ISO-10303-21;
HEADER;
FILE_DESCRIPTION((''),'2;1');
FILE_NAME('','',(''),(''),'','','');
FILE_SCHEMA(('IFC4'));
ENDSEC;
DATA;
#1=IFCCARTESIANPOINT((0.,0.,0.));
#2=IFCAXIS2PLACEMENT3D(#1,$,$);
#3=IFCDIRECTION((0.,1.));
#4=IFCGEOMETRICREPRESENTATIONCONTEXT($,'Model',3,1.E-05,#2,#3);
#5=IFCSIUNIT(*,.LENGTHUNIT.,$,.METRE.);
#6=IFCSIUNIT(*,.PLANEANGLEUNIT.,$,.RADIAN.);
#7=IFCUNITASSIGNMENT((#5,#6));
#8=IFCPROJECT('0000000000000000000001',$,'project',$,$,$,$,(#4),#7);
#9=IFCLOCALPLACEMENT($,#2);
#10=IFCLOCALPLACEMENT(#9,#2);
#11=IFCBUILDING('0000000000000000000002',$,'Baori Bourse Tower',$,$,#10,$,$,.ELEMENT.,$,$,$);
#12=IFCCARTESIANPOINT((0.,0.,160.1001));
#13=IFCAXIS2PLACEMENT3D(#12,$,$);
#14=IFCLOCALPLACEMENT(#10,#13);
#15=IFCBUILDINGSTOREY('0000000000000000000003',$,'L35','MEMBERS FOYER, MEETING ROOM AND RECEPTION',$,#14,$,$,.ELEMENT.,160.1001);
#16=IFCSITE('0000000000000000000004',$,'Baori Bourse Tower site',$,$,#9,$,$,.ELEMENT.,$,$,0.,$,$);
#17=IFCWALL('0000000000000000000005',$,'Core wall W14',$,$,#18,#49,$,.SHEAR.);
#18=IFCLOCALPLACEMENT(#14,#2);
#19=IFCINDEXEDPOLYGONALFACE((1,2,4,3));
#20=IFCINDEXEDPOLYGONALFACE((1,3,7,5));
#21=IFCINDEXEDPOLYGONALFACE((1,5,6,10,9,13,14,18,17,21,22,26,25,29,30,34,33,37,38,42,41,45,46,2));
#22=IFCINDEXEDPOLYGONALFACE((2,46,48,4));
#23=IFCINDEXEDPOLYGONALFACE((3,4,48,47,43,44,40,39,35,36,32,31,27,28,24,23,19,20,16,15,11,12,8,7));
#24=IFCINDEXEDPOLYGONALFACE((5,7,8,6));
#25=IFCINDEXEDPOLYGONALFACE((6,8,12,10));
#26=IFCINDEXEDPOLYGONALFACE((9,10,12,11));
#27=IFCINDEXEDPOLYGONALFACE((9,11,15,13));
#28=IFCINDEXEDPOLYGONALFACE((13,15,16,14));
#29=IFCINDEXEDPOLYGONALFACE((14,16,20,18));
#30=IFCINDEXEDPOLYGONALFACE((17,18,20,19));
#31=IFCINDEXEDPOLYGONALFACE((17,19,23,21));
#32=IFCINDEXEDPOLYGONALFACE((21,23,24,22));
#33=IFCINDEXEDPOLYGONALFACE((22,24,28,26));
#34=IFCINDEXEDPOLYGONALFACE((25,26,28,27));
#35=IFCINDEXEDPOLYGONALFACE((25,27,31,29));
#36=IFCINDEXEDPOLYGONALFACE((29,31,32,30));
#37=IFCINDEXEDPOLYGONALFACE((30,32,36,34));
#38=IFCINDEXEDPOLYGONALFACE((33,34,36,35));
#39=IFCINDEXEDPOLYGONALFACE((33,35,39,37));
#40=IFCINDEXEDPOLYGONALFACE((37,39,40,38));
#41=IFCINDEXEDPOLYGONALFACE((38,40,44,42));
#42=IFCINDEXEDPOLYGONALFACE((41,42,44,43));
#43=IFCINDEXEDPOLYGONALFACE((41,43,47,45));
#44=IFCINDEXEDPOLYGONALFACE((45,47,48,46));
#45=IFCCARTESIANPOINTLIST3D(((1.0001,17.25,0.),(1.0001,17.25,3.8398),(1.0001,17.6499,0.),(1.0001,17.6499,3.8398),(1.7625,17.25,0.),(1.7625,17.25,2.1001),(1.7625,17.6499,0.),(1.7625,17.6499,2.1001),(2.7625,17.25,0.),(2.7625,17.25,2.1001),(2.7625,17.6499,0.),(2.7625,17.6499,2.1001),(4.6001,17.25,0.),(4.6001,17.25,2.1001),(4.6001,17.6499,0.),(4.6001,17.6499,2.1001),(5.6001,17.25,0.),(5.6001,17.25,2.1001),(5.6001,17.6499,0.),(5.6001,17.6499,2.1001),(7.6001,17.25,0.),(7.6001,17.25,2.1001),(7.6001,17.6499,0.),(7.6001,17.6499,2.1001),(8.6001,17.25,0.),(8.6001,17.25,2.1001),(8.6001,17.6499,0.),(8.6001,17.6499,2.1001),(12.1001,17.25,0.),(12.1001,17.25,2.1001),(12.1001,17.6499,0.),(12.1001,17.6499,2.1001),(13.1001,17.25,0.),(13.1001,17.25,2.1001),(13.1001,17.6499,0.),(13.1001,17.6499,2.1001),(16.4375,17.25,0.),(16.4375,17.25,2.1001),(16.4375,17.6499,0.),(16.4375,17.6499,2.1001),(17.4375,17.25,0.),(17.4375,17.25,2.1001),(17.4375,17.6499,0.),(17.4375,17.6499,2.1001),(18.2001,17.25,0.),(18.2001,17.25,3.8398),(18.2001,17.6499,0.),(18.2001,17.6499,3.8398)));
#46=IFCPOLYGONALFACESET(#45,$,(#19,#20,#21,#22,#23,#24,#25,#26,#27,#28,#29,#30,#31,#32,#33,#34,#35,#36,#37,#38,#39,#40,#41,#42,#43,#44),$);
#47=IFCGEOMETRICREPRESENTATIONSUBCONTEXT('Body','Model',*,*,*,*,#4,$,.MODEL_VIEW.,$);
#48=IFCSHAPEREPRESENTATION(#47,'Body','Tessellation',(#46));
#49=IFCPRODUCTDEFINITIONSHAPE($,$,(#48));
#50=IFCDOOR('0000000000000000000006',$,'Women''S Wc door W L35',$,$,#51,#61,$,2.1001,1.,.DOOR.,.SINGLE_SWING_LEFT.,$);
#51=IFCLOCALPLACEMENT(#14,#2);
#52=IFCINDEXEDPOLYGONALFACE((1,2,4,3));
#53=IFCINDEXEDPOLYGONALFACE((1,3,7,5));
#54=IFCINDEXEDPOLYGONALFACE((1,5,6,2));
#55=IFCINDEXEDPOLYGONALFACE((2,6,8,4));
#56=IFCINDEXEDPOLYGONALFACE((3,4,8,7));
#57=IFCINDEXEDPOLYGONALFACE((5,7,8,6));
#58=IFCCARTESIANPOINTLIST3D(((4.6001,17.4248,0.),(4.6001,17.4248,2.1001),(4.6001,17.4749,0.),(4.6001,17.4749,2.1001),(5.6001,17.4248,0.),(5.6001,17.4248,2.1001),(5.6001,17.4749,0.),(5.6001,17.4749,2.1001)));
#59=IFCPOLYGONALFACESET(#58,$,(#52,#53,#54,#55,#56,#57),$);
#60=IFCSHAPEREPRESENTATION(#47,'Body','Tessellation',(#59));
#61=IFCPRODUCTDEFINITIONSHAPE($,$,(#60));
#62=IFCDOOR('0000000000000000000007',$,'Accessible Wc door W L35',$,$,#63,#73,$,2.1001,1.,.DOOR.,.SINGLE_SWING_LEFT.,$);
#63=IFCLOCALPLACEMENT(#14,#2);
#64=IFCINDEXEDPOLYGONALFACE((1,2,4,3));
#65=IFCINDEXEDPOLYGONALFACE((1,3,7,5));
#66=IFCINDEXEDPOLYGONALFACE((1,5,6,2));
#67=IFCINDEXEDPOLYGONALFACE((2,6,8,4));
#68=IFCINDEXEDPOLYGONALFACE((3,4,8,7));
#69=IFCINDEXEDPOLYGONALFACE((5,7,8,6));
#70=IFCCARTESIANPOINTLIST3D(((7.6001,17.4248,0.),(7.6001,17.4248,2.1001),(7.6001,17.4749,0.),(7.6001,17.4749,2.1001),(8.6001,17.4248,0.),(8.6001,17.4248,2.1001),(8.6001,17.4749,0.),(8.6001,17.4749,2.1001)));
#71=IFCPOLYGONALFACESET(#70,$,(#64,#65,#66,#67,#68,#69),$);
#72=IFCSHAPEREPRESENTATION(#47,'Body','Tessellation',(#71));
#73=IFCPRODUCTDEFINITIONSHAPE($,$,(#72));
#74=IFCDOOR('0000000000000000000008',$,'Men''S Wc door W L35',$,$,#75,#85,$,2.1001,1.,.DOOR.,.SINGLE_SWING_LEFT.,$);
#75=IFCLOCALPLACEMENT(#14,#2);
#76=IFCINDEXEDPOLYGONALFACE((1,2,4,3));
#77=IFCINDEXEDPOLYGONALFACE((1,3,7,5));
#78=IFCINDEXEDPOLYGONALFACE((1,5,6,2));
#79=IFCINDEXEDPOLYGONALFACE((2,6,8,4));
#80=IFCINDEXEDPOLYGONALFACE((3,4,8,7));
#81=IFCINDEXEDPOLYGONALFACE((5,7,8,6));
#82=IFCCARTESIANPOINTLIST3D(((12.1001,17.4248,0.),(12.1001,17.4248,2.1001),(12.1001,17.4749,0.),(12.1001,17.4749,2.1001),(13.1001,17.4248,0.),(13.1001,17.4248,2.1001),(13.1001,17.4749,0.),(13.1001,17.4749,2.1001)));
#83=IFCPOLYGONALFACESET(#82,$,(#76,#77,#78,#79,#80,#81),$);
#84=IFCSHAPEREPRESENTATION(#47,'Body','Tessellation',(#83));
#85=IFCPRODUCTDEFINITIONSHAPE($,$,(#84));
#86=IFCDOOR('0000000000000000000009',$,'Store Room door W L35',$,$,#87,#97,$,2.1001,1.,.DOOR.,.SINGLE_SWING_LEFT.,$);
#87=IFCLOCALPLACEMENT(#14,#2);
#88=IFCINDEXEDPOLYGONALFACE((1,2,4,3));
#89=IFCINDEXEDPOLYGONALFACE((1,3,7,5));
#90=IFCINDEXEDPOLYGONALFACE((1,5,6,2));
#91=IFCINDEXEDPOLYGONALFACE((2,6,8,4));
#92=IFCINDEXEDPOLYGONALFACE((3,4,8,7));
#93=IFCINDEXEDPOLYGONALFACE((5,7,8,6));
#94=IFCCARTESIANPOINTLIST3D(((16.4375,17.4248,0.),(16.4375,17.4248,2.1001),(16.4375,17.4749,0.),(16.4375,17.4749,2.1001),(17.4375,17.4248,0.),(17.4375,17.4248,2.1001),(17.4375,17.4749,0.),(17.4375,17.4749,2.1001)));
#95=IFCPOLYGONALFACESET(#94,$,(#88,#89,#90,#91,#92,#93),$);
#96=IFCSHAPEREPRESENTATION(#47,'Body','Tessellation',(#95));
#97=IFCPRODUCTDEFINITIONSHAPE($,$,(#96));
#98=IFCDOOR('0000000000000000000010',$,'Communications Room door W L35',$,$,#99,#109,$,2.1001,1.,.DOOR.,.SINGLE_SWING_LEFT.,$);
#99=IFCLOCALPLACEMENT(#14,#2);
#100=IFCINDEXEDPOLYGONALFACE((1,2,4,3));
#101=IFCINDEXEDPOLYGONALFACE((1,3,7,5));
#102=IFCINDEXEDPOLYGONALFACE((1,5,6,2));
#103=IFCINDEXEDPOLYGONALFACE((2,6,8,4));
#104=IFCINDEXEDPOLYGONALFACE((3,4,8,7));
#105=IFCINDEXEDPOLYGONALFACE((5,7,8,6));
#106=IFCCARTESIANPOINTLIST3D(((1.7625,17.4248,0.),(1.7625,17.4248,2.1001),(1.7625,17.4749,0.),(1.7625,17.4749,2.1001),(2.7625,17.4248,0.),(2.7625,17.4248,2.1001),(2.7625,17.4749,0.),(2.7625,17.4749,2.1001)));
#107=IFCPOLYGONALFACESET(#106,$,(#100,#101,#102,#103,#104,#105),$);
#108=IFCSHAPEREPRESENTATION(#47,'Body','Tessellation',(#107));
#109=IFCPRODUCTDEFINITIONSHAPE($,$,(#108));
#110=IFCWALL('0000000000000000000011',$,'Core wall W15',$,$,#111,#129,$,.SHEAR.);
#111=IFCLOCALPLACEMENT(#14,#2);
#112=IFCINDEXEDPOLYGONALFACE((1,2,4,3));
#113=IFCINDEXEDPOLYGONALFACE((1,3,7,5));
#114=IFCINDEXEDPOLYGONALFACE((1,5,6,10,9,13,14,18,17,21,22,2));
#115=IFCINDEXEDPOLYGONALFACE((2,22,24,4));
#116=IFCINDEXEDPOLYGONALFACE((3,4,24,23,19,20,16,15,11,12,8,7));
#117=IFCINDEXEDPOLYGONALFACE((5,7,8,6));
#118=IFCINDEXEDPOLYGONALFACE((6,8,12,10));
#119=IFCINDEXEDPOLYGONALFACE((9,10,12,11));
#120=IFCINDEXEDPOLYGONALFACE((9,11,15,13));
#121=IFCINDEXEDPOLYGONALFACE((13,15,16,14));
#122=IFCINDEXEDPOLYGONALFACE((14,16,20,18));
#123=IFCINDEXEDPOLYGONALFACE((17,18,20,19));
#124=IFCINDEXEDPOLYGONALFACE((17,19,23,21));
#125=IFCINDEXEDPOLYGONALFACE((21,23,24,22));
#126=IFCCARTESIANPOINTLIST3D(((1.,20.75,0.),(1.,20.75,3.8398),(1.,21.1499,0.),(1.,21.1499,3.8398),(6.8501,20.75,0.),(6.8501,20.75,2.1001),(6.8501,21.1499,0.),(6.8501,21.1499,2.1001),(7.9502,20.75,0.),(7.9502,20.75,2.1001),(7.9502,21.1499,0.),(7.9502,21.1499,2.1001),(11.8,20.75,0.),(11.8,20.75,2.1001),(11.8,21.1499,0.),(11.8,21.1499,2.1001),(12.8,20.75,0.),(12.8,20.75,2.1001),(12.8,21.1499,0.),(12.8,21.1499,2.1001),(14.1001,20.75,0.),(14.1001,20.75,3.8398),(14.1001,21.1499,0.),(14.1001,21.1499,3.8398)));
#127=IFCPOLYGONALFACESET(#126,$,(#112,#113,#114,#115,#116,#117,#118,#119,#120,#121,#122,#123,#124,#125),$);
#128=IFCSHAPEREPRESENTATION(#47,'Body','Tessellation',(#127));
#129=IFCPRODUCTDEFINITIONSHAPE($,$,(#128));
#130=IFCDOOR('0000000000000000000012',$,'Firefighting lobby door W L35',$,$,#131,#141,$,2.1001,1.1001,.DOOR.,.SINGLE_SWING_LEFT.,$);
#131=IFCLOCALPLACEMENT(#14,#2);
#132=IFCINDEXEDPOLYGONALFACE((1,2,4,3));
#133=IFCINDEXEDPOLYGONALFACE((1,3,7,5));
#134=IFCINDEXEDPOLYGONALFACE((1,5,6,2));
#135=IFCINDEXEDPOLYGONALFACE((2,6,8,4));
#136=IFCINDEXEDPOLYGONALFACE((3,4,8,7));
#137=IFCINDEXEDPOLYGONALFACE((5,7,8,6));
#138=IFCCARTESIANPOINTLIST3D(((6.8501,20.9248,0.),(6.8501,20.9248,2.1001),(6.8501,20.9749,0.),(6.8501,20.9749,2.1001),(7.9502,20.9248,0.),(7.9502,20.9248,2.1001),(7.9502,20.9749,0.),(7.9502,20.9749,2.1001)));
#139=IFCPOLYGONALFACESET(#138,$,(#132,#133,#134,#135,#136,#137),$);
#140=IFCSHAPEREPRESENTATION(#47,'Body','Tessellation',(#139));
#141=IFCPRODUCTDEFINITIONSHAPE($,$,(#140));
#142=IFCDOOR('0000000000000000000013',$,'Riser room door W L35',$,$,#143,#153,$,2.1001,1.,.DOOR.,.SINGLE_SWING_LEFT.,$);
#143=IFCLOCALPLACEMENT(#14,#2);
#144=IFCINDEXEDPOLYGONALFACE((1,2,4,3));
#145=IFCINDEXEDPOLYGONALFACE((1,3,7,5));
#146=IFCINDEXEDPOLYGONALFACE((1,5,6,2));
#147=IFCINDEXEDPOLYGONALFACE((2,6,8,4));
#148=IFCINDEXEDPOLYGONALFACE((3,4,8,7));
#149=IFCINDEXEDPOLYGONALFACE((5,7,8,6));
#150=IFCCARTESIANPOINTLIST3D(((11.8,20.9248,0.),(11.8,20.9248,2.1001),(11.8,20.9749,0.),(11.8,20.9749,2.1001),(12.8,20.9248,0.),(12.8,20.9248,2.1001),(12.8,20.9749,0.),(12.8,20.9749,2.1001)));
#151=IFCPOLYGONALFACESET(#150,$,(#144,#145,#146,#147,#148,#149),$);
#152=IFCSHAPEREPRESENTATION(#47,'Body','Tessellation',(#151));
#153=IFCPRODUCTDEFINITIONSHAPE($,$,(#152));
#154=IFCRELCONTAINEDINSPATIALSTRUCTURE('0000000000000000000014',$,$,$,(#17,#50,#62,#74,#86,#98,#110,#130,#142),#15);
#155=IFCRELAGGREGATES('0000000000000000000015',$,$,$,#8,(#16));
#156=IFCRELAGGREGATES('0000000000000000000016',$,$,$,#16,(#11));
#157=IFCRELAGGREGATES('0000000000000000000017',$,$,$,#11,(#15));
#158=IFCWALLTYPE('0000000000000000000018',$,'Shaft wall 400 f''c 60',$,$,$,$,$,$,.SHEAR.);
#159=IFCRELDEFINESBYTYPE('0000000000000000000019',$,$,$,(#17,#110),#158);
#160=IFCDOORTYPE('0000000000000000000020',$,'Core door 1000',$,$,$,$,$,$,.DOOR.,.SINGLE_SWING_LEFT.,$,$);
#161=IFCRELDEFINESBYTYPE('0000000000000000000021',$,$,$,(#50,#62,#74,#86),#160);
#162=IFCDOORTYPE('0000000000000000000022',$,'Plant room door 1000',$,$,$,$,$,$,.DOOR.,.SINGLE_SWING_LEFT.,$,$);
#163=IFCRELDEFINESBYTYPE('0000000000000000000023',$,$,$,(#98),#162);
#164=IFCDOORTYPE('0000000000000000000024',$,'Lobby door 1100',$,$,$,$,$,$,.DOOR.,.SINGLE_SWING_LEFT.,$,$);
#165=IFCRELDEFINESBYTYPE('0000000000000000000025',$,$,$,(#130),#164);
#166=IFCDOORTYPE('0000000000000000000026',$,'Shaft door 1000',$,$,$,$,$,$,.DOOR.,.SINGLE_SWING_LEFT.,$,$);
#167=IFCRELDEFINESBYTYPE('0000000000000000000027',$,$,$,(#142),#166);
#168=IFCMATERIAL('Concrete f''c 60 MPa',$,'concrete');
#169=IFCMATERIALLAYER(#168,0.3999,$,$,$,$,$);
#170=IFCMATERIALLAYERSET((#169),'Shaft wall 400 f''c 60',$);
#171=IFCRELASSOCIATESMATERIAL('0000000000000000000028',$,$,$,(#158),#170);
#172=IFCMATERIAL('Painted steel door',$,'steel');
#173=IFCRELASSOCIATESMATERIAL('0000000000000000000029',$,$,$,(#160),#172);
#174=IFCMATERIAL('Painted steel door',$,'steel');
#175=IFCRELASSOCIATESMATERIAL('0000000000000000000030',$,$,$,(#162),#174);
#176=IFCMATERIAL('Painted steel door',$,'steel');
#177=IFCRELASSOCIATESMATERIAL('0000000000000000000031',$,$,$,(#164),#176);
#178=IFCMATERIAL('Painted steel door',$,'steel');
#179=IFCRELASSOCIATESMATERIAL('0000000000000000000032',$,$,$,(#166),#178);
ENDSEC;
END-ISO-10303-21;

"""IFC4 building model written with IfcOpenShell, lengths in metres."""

from ifc_helpers import new_model, si_unit, direction, frame, frame_2d, origin, place, context, subcontext, project, spatial, rectangle, extrude, material, layer, layer_set, type_object, element, fill, save


model = new_model("IFC4")

# Units and contexts
model_context = context("Model", 3, precision=1e-05, world=origin(), true_north=direction((0.0, 1.0)))
body_context = subcontext(model_context, "Body", "Model", "MODEL_VIEW")
ifc_project = project(units=[si_unit("LENGTHUNIT", "METRE"), si_unit("PLANEANGLEUNIT", "RADIAN")], contexts=[model_context])

# Site, building, storey
site_placement = place(None, origin())
site = spatial("IfcSite", under=ifc_project, at=site_placement, Name="Baori Bourse Tower site", CompositionType="ELEMENT", RefElevation=0.0)
building_placement = place(site_placement, origin())
building = spatial("IfcBuilding", under=site, at=building_placement, Name="Baori Bourse Tower", CompositionType="ELEMENT")
storey_placement = place(building_placement, frame((0.0, 0.0, 160.1001)))
storey = spatial("IfcBuildingStorey", under=building, at=storey_placement, Name="L35", Description="MEMBERS FOYER, MEETING ROOM AND RECEPTION", CompositionType="ELEMENT", Elevation=160.1001)

# Shared definitions
ifc_material_1 = material(Name="Concrete f'c 60 MPa", Category="concrete")
ifc_layer_1 = layer(ifc_material_1, 0.3999)
ifc_layer_set_1 = layer_set([ifc_layer_1], Name="Shaft wall 400 f'c 60")
wall_type_1 = type_object("IfcWallType", Name="Shaft wall 400 f'c 60", PredefinedType="SHEAR", material=ifc_layer_set_1)

# Walls, openings, doors
wall_1_placement = place(storey_placement, frame((1.0, 17.45, 0.0), z_axis=(0.0, 0.0, 1.0), x_axis=(1.0, 0.0, 0.0)))
wall_1 = element("IfcWall", 1, at=wall_1_placement, inside=storey, type_object=wall_type_1, Name="Core wall W14", PredefinedType="SHEAR", context=body_context, shape_type="SweptSolid", body=[
    extrude(rectangle(XDim=17.2, YDim=0.3999, at=frame_2d((8.6001, 0.0))), origin(), (0.0, 0.0, 1.0), 3.8398),
])
opening_1_placement = place(wall_1_placement, frame((0.7625, 0.0, 0.0)))
opening_1 = element("IfcOpeningElement", 2, at=opening_1_placement, cuts=wall_1, PredefinedType="OPENING", context=body_context, shape_type="SweptSolid", body=[
    extrude(rectangle(XDim=1.0, YDim=2.1001, at=frame_2d((0.5, 1.05))), frame((0.0, 0.21, 0.0), z_axis=(0.0, -1.0, 0.0), x_axis=(1.0, 0.0, 0.0)), (0.0, 0.0, 1.0), 0.4199),
])
opening_2_placement = place(wall_1_placement, frame((3.6001, 0.0, 0.0)))
opening_2 = element("IfcOpeningElement", 3, at=opening_2_placement, cuts=wall_1, PredefinedType="OPENING", context=body_context, shape_type="SweptSolid", body=[
    extrude(rectangle(XDim=1.0, YDim=2.1001, at=frame_2d((0.5, 1.05))), frame((0.0, 0.21, 0.0), z_axis=(0.0, -1.0, 0.0), x_axis=(1.0, 0.0, 0.0)), (0.0, 0.0, 1.0), 0.4199),
])
opening_3_placement = place(wall_1_placement, frame((6.6001, 0.0, 0.0)))
opening_3 = element("IfcOpeningElement", 4, at=opening_3_placement, cuts=wall_1, PredefinedType="OPENING", context=body_context, shape_type="SweptSolid", body=[
    extrude(rectangle(XDim=1.0, YDim=2.1001, at=frame_2d((0.5, 1.05))), frame((0.0, 0.21, 0.0), z_axis=(0.0, -1.0, 0.0), x_axis=(1.0, 0.0, 0.0)), (0.0, 0.0, 1.0), 0.4199),
])
opening_4_placement = place(wall_1_placement, frame((11.1001, 0.0, 0.0)))
opening_4 = element("IfcOpeningElement", 5, at=opening_4_placement, cuts=wall_1, PredefinedType="OPENING", context=body_context, shape_type="SweptSolid", body=[
    extrude(rectangle(XDim=1.0, YDim=2.1001, at=frame_2d((0.5, 1.05))), frame((0.0, 0.21, 0.0), z_axis=(0.0, -1.0, 0.0), x_axis=(1.0, 0.0, 0.0)), (0.0, 0.0, 1.0), 0.4199),
])
opening_5_placement = place(wall_1_placement, frame((15.4375, 0.0, 0.0)))
opening_5 = element("IfcOpeningElement", 6, at=opening_5_placement, cuts=wall_1, PredefinedType="OPENING", context=body_context, shape_type="SweptSolid", body=[
    extrude(rectangle(XDim=1.0, YDim=2.1001, at=frame_2d((0.5, 1.05))), frame((0.0, 0.21, 0.0), z_axis=(0.0, -1.0, 0.0), x_axis=(1.0, 0.0, 0.0)), (0.0, 0.0, 1.0), 0.4199),
])
ifc_material_2 = material(Name="Painted steel door", Category="steel")
door_type_1 = type_object("IfcDoorType", Name="Core door 1000", OperationType="SINGLE_SWING_LEFT", PredefinedType="DOOR", material=ifc_material_2)
door_1_placement = place(opening_2_placement, origin())
door_1 = element("IfcDoor", 7, at=door_1_placement, inside=storey, type_object=door_type_1, Name="Women'S Wc door W L35", OperationType="SINGLE_SWING_LEFT", OverallHeight=2.1001, OverallWidth=1.0, PredefinedType="DOOR", context=body_context, shape_type="SweptSolid", body=[
    extrude(rectangle(XDim=1.0, YDim=2.1001, at=frame_2d((0.5, 1.05))), frame((0.0, 0.0249, 0.0), z_axis=(0.0, -1.0, 0.0), x_axis=(1.0, 0.0, 0.0)), (0.0, 0.0, 1.0), 0.05),
])
fill(opening_2, door_1)
door_2_placement = place(opening_3_placement, origin())
door_2 = element("IfcDoor", 8, at=door_2_placement, inside=storey, type_object=door_type_1, Name="Accessible Wc door W L35", OperationType="SINGLE_SWING_LEFT", OverallHeight=2.1001, OverallWidth=1.0, PredefinedType="DOOR", context=body_context, shape_type="SweptSolid", body=[
    extrude(rectangle(XDim=1.0, YDim=2.1001, at=frame_2d((0.5, 1.05))), frame((0.0, 0.0249, 0.0), z_axis=(0.0, -1.0, 0.0), x_axis=(1.0, 0.0, 0.0)), (0.0, 0.0, 1.0), 0.05),
])
fill(opening_3, door_2)
door_3_placement = place(opening_4_placement, origin())
door_3 = element("IfcDoor", 9, at=door_3_placement, inside=storey, type_object=door_type_1, Name="Men'S Wc door W L35", OperationType="SINGLE_SWING_LEFT", OverallHeight=2.1001, OverallWidth=1.0, PredefinedType="DOOR", context=body_context, shape_type="SweptSolid", body=[
    extrude(rectangle(XDim=1.0, YDim=2.1001, at=frame_2d((0.5, 1.05))), frame((0.0, 0.0249, 0.0), z_axis=(0.0, -1.0, 0.0), x_axis=(1.0, 0.0, 0.0)), (0.0, 0.0, 1.0), 0.05),
])
fill(opening_4, door_3)
door_4_placement = place(opening_5_placement, origin())
door_4 = element("IfcDoor", 10, at=door_4_placement, inside=storey, type_object=door_type_1, Name="Store Room door W L35", OperationType="SINGLE_SWING_LEFT", OverallHeight=2.1001, OverallWidth=1.0, PredefinedType="DOOR", context=body_context, shape_type="SweptSolid", body=[
    extrude(rectangle(XDim=1.0, YDim=2.1001, at=frame_2d((0.5, 1.05))), frame((0.0, 0.0249, 0.0), z_axis=(0.0, -1.0, 0.0), x_axis=(1.0, 0.0, 0.0)), (0.0, 0.0, 1.0), 0.05),
])
fill(opening_5, door_4)
ifc_material_3 = material(Name="Painted steel door", Category="steel")
door_type_2 = type_object("IfcDoorType", Name="Plant room door 1000", OperationType="SINGLE_SWING_LEFT", PredefinedType="DOOR", material=ifc_material_3)
door_5_placement = place(opening_1_placement, origin())
door_5 = element("IfcDoor", 11, at=door_5_placement, inside=storey, type_object=door_type_2, Name="Communications Room door W L35", OperationType="SINGLE_SWING_LEFT", OverallHeight=2.1001, OverallWidth=1.0, PredefinedType="DOOR", context=body_context, shape_type="SweptSolid", body=[
    extrude(rectangle(XDim=1.0, YDim=2.1001, at=frame_2d((0.5, 1.05))), frame((0.0, 0.0249, 0.0), z_axis=(0.0, -1.0, 0.0), x_axis=(1.0, 0.0, 0.0)), (0.0, 0.0, 1.0), 0.05),
])
fill(opening_1, door_5)
wall_2_placement = place(storey_placement, frame((1.0, 20.95, 0.0), z_axis=(0.0, 0.0, 1.0), x_axis=(1.0, 0.0, 0.0)))
wall_2 = element("IfcWall", 12, at=wall_2_placement, inside=storey, type_object=wall_type_1, Name="Core wall W15", PredefinedType="SHEAR", context=body_context, shape_type="SweptSolid", body=[
    extrude(rectangle(XDim=13.1001, YDim=0.3999, at=frame_2d((6.55, 0.0))), origin(), (0.0, 0.0, 1.0), 3.8398),
])
opening_6_placement = place(wall_2_placement, frame((5.8501, 0.0, 0.0)))
opening_6 = element("IfcOpeningElement", 13, at=opening_6_placement, cuts=wall_2, PredefinedType="OPENING", context=body_context, shape_type="SweptSolid", body=[
    extrude(rectangle(XDim=1.1001, YDim=2.1001, at=frame_2d((0.55, 1.05))), frame((0.0, 0.21, 0.0), z_axis=(0.0, -1.0, 0.0), x_axis=(1.0, 0.0, 0.0)), (0.0, 0.0, 1.0), 0.4199),
])
opening_7_placement = place(wall_2_placement, frame((10.8, 0.0, 0.0)))
opening_7 = element("IfcOpeningElement", 14, at=opening_7_placement, cuts=wall_2, PredefinedType="OPENING", context=body_context, shape_type="SweptSolid", body=[
    extrude(rectangle(XDim=1.0, YDim=2.1001, at=frame_2d((0.5, 1.05))), frame((0.0, 0.21, 0.0), z_axis=(0.0, -1.0, 0.0), x_axis=(1.0, 0.0, 0.0)), (0.0, 0.0, 1.0), 0.4199),
])
ifc_material_4 = material(Name="Painted steel door", Category="steel")
door_type_3 = type_object("IfcDoorType", Name="Lobby door 1100", OperationType="SINGLE_SWING_LEFT", PredefinedType="DOOR", material=ifc_material_4)
door_6_placement = place(opening_6_placement, origin())
door_6 = element("IfcDoor", 15, at=door_6_placement, inside=storey, type_object=door_type_3, Name="Firefighting lobby door W L35", OperationType="SINGLE_SWING_LEFT", OverallHeight=2.1001, OverallWidth=1.1001, PredefinedType="DOOR", context=body_context, shape_type="SweptSolid", body=[
    extrude(rectangle(XDim=1.1001, YDim=2.1001, at=frame_2d((0.55, 1.05))), frame((0.0, 0.0249, 0.0), z_axis=(0.0, -1.0, 0.0), x_axis=(1.0, 0.0, 0.0)), (0.0, 0.0, 1.0), 0.05),
])
fill(opening_6, door_6)
ifc_material_5 = material(Name="Painted steel door", Category="steel")
door_type_4 = type_object("IfcDoorType", Name="Shaft door 1000", OperationType="SINGLE_SWING_LEFT", PredefinedType="DOOR", material=ifc_material_5)
door_7_placement = place(opening_7_placement, origin())
door_7 = element("IfcDoor", 16, at=door_7_placement, inside=storey, type_object=door_type_4, Name="Riser room door W L35", OperationType="SINGLE_SWING_LEFT", OverallHeight=2.1001, OverallWidth=1.0, PredefinedType="DOOR", context=body_context, shape_type="SweptSolid", body=[
    extrude(rectangle(XDim=1.0, YDim=2.1001, at=frame_2d((0.5, 1.05))), frame((0.0, 0.0249, 0.0), z_axis=(0.0, -1.0, 0.0), x_axis=(1.0, 0.0, 0.0)), (0.0, 0.0, 1.0), 0.05),
])
fill(opening_7, door_7)

save(model, "model.ifc")
